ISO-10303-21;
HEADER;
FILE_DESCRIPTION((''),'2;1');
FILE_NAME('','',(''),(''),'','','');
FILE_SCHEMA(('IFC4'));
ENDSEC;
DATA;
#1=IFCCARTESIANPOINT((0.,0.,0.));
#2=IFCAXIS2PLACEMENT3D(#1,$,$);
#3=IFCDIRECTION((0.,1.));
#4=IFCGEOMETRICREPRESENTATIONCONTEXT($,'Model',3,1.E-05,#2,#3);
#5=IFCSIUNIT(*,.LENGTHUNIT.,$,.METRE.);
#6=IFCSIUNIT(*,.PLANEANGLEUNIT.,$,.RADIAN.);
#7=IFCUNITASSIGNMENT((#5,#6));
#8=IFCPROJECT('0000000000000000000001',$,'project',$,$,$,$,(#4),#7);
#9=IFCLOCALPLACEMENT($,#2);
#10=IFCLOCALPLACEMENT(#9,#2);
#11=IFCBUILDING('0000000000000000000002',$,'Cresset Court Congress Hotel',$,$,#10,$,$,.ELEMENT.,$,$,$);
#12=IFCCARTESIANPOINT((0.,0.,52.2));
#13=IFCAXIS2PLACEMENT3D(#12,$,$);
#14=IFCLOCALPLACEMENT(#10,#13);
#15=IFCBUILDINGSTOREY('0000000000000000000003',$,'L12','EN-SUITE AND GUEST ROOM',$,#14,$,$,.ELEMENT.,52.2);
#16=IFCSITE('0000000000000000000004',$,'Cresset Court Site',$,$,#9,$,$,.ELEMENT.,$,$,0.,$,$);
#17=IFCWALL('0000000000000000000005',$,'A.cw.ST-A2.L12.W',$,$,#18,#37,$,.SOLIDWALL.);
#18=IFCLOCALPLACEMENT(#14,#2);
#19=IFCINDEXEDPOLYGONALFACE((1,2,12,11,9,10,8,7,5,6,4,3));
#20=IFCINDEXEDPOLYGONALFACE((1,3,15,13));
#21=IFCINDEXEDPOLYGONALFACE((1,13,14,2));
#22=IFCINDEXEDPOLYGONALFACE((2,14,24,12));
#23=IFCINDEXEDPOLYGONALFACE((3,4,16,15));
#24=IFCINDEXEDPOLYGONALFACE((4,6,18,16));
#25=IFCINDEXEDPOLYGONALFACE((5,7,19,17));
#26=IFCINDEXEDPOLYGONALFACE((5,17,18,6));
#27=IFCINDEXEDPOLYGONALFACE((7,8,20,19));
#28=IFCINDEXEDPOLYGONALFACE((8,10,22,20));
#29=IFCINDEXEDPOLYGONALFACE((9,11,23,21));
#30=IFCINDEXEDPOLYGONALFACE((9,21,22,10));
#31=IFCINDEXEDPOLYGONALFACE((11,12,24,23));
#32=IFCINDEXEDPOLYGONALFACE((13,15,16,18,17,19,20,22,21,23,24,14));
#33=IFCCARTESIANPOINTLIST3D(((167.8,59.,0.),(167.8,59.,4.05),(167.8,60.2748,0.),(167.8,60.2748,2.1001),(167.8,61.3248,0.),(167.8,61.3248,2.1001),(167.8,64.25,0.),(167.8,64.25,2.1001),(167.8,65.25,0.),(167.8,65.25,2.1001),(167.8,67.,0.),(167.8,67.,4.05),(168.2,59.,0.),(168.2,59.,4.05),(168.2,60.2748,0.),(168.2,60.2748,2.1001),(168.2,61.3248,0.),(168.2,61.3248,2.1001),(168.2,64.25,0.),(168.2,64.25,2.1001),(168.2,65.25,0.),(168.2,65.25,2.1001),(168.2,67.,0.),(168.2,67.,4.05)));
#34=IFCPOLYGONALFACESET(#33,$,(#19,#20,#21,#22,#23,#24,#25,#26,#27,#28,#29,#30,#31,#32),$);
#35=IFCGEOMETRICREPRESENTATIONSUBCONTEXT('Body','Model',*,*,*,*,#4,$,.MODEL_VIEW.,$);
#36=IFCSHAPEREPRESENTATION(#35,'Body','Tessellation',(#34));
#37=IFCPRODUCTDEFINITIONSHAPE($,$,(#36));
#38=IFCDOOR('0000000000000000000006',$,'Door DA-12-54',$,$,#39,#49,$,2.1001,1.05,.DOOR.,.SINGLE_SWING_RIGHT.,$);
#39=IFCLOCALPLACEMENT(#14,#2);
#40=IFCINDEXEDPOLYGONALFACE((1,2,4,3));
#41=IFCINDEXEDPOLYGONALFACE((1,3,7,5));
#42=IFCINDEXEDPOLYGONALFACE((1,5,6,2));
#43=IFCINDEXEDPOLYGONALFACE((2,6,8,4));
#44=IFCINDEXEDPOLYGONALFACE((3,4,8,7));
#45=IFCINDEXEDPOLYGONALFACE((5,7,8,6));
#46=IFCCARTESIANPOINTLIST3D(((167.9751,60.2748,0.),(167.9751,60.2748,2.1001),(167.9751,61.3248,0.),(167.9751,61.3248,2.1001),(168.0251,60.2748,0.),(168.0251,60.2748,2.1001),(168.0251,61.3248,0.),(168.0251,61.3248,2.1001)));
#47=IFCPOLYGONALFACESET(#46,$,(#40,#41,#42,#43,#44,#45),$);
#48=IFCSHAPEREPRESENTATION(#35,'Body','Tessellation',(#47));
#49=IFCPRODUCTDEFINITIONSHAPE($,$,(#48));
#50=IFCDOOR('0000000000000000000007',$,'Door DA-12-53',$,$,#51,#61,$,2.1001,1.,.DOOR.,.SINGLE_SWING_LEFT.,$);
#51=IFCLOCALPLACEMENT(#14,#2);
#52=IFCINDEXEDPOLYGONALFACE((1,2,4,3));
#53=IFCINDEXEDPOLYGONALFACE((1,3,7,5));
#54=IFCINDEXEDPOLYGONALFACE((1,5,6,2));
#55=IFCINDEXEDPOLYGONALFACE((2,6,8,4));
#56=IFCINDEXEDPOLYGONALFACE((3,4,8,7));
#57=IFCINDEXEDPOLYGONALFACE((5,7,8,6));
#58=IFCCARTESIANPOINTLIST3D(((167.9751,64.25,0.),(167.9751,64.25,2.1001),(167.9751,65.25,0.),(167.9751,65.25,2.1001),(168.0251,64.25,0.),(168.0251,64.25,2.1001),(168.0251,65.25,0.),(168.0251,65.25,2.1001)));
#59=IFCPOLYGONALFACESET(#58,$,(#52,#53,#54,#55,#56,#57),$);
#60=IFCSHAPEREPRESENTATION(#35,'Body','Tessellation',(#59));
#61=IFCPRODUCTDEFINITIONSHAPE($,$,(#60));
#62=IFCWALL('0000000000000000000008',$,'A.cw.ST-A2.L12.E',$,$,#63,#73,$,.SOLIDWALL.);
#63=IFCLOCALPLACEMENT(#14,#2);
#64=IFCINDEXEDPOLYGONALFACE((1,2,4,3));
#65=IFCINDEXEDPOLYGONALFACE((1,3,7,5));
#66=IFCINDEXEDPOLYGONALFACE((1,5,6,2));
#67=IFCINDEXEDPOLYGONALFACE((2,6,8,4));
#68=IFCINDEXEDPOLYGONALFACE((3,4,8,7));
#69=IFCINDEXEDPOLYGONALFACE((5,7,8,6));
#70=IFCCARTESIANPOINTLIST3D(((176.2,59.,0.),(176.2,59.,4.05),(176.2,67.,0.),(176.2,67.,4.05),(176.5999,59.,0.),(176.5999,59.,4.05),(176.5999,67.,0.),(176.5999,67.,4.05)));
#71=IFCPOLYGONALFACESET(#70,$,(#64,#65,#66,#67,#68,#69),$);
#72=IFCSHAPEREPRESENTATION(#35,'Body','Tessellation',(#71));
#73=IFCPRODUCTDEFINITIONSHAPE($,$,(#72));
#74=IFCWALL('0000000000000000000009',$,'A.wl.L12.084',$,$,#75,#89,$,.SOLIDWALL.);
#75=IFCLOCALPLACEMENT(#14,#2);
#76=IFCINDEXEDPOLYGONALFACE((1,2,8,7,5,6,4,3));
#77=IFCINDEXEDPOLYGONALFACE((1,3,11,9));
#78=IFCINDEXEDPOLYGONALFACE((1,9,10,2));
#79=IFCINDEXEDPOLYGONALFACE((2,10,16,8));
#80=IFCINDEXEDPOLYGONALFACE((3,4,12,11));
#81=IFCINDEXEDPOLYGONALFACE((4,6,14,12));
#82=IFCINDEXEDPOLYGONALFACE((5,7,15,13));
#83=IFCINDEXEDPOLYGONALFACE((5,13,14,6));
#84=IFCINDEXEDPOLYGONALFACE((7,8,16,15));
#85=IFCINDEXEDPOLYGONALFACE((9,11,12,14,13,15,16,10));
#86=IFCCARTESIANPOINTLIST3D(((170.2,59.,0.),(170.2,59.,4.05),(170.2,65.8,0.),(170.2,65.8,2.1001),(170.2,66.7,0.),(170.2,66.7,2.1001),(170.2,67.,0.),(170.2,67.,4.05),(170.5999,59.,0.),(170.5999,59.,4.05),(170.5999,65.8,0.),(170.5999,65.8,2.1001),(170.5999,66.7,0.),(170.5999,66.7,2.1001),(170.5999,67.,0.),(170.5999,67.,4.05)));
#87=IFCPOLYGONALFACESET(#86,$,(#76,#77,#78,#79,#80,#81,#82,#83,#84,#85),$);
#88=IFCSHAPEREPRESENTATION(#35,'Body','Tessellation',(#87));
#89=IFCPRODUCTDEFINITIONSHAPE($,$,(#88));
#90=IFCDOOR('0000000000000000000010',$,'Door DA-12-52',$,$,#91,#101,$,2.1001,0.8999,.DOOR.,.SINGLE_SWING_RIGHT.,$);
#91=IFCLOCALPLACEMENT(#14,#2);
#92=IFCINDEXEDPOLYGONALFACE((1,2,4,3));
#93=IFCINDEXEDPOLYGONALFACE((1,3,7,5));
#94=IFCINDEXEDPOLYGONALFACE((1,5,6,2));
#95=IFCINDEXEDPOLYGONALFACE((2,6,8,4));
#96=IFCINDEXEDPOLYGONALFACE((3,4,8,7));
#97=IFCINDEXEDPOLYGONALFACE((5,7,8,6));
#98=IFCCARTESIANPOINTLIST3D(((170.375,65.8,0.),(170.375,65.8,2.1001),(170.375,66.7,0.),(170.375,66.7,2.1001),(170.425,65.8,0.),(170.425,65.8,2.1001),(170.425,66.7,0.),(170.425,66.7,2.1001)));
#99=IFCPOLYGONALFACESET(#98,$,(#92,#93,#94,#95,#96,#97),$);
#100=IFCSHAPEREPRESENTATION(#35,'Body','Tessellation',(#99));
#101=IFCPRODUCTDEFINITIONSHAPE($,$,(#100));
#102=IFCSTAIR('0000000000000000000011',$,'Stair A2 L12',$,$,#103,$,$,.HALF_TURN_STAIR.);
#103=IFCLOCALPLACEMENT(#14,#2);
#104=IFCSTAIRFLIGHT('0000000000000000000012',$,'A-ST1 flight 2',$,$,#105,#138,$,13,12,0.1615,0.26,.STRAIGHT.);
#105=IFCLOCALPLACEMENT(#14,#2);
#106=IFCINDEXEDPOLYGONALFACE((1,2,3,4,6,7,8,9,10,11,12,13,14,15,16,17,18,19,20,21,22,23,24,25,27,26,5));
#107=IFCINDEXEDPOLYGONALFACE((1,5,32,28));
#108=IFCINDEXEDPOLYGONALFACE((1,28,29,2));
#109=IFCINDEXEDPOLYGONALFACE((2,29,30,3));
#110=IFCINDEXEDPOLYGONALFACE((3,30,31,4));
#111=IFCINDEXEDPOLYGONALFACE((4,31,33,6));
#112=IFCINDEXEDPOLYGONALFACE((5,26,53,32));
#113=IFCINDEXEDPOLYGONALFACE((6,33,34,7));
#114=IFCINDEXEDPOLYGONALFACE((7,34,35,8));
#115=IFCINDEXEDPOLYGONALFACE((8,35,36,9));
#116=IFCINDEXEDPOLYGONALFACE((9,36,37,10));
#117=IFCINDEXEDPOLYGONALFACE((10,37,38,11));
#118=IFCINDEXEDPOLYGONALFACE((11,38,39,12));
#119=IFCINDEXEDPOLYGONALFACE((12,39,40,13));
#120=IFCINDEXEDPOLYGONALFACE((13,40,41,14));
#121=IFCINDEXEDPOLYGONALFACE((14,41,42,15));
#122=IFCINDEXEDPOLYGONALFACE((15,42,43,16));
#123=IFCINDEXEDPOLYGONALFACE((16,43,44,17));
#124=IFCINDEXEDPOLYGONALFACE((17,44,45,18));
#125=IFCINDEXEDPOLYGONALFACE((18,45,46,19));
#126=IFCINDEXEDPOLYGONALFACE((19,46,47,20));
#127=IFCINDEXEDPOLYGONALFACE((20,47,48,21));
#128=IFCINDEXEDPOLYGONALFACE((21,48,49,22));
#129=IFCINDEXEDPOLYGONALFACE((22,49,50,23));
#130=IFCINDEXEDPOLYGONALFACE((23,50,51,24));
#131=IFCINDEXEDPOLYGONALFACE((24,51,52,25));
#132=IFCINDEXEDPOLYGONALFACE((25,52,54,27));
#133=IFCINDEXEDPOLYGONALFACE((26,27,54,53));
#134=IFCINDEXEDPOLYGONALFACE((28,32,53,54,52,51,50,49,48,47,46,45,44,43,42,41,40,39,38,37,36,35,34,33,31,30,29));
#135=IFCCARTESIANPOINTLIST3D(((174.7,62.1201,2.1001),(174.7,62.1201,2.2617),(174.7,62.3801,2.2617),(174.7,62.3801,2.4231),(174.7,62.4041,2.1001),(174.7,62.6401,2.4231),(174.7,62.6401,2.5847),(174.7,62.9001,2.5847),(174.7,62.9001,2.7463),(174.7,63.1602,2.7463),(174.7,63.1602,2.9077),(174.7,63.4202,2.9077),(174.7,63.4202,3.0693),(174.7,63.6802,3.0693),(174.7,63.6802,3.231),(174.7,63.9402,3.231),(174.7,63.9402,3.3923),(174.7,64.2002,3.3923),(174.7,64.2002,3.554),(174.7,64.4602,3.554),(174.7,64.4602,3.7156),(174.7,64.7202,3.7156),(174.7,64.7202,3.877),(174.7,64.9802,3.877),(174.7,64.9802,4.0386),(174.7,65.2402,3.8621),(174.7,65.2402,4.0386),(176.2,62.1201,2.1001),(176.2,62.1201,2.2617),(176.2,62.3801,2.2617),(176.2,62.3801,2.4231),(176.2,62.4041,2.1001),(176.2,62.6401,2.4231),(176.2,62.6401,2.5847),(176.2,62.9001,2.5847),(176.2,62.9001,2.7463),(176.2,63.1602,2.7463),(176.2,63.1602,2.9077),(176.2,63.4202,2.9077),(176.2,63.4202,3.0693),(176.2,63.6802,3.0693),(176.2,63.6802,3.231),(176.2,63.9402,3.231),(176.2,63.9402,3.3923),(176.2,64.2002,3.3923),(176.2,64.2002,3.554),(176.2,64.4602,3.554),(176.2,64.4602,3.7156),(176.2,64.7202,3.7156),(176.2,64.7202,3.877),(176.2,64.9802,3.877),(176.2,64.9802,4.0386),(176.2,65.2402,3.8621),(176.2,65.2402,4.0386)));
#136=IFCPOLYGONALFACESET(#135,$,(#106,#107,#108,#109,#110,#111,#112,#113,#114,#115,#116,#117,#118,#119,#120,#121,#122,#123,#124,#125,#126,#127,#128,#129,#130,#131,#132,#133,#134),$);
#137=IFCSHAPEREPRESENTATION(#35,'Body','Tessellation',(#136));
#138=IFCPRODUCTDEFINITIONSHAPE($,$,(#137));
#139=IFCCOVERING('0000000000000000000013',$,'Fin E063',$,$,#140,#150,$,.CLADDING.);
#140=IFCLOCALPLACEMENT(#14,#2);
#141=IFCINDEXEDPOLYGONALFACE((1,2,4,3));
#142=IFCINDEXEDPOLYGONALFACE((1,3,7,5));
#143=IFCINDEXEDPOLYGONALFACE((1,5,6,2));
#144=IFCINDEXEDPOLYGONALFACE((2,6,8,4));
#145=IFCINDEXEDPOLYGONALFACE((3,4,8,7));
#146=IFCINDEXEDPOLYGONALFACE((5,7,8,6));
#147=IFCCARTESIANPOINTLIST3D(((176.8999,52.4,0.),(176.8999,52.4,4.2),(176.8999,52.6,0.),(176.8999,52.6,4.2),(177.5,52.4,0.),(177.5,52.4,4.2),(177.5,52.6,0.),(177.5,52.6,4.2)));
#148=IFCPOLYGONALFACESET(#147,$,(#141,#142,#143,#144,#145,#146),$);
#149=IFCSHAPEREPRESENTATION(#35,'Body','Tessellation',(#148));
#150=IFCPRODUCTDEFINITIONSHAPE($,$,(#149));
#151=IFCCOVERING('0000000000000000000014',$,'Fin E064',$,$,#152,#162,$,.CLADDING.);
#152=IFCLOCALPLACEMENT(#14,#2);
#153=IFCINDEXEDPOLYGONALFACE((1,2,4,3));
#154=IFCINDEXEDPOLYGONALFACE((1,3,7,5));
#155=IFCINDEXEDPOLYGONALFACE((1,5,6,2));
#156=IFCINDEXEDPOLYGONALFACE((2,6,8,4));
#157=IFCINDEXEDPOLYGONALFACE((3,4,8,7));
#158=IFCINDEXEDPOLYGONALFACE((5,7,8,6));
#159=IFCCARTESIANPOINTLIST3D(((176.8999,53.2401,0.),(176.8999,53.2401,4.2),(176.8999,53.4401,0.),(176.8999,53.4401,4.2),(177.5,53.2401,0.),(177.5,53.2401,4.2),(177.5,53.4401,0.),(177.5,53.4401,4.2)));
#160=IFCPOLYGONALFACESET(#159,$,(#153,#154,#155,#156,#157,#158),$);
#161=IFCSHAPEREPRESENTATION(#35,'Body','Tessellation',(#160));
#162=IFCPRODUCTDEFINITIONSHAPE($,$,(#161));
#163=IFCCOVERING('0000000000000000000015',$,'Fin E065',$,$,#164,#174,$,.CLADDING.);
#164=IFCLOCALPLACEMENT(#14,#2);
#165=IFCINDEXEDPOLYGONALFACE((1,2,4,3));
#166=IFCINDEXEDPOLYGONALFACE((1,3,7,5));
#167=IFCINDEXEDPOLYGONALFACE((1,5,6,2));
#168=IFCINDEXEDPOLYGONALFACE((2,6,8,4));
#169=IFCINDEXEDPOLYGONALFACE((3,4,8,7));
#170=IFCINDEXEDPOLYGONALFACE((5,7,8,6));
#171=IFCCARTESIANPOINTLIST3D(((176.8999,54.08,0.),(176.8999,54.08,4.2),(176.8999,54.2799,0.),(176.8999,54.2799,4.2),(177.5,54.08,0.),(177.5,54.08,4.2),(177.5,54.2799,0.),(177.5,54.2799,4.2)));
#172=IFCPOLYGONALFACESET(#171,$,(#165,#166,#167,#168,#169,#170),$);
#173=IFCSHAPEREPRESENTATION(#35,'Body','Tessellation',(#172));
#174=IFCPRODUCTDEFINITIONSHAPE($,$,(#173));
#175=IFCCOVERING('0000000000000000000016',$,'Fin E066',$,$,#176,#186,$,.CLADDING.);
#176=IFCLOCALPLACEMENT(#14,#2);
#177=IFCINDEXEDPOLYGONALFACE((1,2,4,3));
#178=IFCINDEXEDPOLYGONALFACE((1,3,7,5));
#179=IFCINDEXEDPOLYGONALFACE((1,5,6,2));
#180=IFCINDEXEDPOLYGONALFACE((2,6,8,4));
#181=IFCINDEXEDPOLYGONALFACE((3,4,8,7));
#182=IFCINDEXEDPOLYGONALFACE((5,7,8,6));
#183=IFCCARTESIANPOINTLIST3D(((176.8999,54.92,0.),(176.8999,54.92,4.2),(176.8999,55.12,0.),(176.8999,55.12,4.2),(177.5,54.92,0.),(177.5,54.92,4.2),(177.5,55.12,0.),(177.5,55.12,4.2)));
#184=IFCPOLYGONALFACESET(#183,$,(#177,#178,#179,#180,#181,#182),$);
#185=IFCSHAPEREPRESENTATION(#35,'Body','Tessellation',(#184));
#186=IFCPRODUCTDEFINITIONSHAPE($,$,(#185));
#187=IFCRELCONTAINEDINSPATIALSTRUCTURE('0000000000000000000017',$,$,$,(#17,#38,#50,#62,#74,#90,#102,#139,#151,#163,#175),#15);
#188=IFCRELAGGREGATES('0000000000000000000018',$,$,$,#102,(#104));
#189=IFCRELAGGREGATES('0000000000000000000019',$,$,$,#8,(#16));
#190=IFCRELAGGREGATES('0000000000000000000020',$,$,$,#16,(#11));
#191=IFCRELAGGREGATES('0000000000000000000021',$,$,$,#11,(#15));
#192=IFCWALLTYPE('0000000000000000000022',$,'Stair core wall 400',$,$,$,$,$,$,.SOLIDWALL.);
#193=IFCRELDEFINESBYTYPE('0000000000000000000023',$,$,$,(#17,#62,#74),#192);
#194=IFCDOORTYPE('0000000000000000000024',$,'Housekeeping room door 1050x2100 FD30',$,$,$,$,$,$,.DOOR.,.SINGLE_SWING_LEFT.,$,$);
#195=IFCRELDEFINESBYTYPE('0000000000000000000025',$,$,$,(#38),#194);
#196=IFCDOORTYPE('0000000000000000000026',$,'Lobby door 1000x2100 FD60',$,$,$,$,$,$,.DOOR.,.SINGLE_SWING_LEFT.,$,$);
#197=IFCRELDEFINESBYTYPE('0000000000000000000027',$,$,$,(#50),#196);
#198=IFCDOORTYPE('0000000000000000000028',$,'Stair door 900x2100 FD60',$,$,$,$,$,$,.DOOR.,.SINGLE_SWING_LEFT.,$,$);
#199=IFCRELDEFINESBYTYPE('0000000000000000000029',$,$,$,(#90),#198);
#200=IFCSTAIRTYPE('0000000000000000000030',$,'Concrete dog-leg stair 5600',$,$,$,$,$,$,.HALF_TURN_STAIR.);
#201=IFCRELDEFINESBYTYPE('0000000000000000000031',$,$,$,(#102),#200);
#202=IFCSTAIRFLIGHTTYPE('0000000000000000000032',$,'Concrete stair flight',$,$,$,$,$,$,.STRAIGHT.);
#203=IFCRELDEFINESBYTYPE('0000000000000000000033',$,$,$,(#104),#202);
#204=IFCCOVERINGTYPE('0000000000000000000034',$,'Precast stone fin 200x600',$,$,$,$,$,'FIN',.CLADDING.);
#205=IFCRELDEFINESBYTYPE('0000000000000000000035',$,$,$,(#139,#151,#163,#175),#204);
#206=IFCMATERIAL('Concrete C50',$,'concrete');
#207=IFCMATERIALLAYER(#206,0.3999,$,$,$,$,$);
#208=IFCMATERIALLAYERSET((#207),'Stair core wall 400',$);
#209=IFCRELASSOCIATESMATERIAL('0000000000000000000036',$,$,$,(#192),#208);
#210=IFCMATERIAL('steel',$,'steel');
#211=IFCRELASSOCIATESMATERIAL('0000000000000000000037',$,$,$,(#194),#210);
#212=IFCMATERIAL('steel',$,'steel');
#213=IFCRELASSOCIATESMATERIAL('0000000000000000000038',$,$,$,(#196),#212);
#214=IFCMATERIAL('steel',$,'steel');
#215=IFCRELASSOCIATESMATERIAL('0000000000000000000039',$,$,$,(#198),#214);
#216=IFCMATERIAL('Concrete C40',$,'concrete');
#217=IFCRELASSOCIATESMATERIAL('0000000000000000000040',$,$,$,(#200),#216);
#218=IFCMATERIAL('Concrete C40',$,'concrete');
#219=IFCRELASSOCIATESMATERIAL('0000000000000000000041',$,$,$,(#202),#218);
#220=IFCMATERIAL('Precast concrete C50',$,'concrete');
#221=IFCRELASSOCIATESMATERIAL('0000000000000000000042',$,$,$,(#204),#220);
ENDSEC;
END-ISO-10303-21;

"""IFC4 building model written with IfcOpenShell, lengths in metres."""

from ifc_helpers import new_model, si_unit, direction, frame, frame_2d, origin, origin_2d, place, context, subcontext, project, spatial, polyline, rectangle, outline, extrude, material, layer, layer_set, type_object, element, fill, aggregate, save


model = new_model("IFC4")

# Units and contexts
model_context = context("Model", 3, precision=1e-05, world=origin(), true_north=direction((0.0, 1.0)))
body_context = subcontext(model_context, "Body", "Model", "MODEL_VIEW")
ifc_project = project(units=[si_unit("LENGTHUNIT", "METRE"), si_unit("PLANEANGLEUNIT", "RADIAN")], contexts=[model_context])

# Site, building, storey
site_placement = place(None, origin())
site = spatial("IfcSite", under=ifc_project, at=site_placement, Name="Cresset Court Site", CompositionType="ELEMENT", RefElevation=0.0)
building_placement = place(site_placement, origin())
building = spatial("IfcBuilding", under=site, at=building_placement, Name="Cresset Court Congress Hotel", CompositionType="ELEMENT")
storey_placement = place(building_placement, frame((0.0, 0.0, 52.2)))
storey = spatial("IfcBuildingStorey", under=building, at=storey_placement, Name="L12", Description="EN-SUITE AND GUEST ROOM", CompositionType="ELEMENT", Elevation=52.2)

# Shared definitions
ifc_material_1 = material(Name="Concrete C50", Category="concrete")
ifc_layer_1 = layer(ifc_material_1, 0.3999)
ifc_layer_set_1 = layer_set([ifc_layer_1], Name="Stair core wall 400")
wall_type_1 = type_object("IfcWallType", Name="Stair core wall 400", PredefinedType="SOLIDWALL", material=ifc_layer_set_1)

# Wall, openings, doors
wall_1_placement = place(storey_placement, frame((168.0, 59.0, 0.0), z_axis=(0.0, 0.0, 1.0), x_axis=(0.0, 1.0, 0.0)))
wall_1 = element("IfcWall", 1, at=wall_1_placement, inside=storey, type_object=wall_type_1, Name="A.cw.ST-A2.L12.W", PredefinedType="SOLIDWALL", context=body_context, shape_type="SweptSolid", body=[
    extrude(rectangle(XDim=8.0, YDim=0.3999, at=frame_2d((4.0, 0.0))), origin(), (0.0, 0.0, 1.0), 4.05),
])
opening_1_placement = place(wall_1_placement, frame((5.25, 0.0, 0.0)))
opening_1 = element("IfcOpeningElement", 2, at=opening_1_placement, cuts=wall_1, PredefinedType="OPENING", context=body_context, shape_type="SweptSolid", body=[
    extrude(rectangle(XDim=1.0, YDim=2.1001, at=frame_2d((0.5, 1.05))), frame((0.0, 0.21, 0.0), z_axis=(0.0, -1.0, 0.0), x_axis=(1.0, 0.0, 0.0)), (0.0, 0.0, 1.0), 0.4199),
])
opening_2_placement = place(wall_1_placement, frame((1.2749, 0.0, 0.0)))
opening_2 = element("IfcOpeningElement", 3, at=opening_2_placement, cuts=wall_1, PredefinedType="OPENING", context=body_context, shape_type="SweptSolid", body=[
    extrude(rectangle(XDim=1.05, YDim=2.1001, at=frame_2d((0.5249, 1.05))), frame((0.0, 0.21, 0.0), z_axis=(0.0, -1.0, 0.0), x_axis=(1.0, 0.0, 0.0)), (0.0, 0.0, 1.0), 0.4199),
])
ifc_material_2 = material(Name="steel", Category="steel")
door_type_1 = type_object("IfcDoorType", Name="Housekeeping room door 1050x2100 FD30", OperationType="SINGLE_SWING_LEFT", PredefinedType="DOOR", material=ifc_material_2)
door_1_placement = place(opening_2_placement, origin())
door_1 = element("IfcDoor", 4, at=door_1_placement, inside=storey, type_object=door_type_1, Name="Door DA-12-54", OperationType="SINGLE_SWING_RIGHT", OverallHeight=2.1001, OverallWidth=1.05, PredefinedType="DOOR", context=body_context, shape_type="SweptSolid", body=[
    extrude(rectangle(XDim=1.05, YDim=2.1001, at=frame_2d((0.5249, 1.05))), frame((0.0, 0.0249, 0.0), z_axis=(0.0, -1.0, 0.0), x_axis=(1.0, 0.0, 0.0)), (0.0, 0.0, 1.0), 0.05),
])
fill(opening_2, door_1)
ifc_material_3 = material(Name="steel", Category="steel")
door_type_2 = type_object("IfcDoorType", Name="Lobby door 1000x2100 FD60", OperationType="SINGLE_SWING_LEFT", PredefinedType="DOOR", material=ifc_material_3)
door_2_placement = place(opening_1_placement, origin())
door_2 = element("IfcDoor", 5, at=door_2_placement, inside=storey, type_object=door_type_2, Name="Door DA-12-53", OperationType="SINGLE_SWING_LEFT", OverallHeight=2.1001, OverallWidth=1.0, PredefinedType="DOOR", context=body_context, shape_type="SweptSolid", body=[
    extrude(rectangle(XDim=1.0, YDim=2.1001, at=frame_2d((0.5, 1.05))), frame((0.0, 0.0249, 0.0), z_axis=(0.0, -1.0, 0.0), x_axis=(1.0, 0.0, 0.0)), (0.0, 0.0, 1.0), 0.05),
])
fill(opening_1, door_2)

# Wall
wall_2_placement = place(storey_placement, frame((176.3999, 59.0, 0.0), z_axis=(0.0, 0.0, 1.0), x_axis=(0.0, 1.0, 0.0)))
element("IfcWall", 6, at=wall_2_placement, inside=storey, type_object=wall_type_1, Name="A.cw.ST-A2.L12.E", PredefinedType="SOLIDWALL", context=body_context, shape_type="SweptSolid", body=[
    extrude(rectangle(XDim=8.0, YDim=0.3999, at=frame_2d((4.0, 0.0))), origin(), (0.0, 0.0, 1.0), 4.05),
])

# Wall, opening, door
wall_3_placement = place(storey_placement, frame((170.3999, 59.0, 0.0), z_axis=(0.0, 0.0, 1.0), x_axis=(0.0, 1.0, 0.0)))
wall_3 = element("IfcWall", 7, at=wall_3_placement, inside=storey, type_object=wall_type_1, Name="A.wl.L12.084", PredefinedType="SOLIDWALL", context=body_context, shape_type="SweptSolid", body=[
    extrude(rectangle(XDim=8.0, YDim=0.3999, at=frame_2d((4.0, 0.0))), origin(), (0.0, 0.0, 1.0), 4.05),
])
opening_3_placement = place(wall_3_placement, frame((6.8, 0.0, 0.0)))
opening_3 = element("IfcOpeningElement", 8, at=opening_3_placement, cuts=wall_3, PredefinedType="OPENING", context=body_context, shape_type="SweptSolid", body=[
    extrude(rectangle(XDim=0.8999, YDim=2.1001, at=frame_2d((0.45, 1.05))), frame((0.0, 0.21, 0.0), z_axis=(0.0, -1.0, 0.0), x_axis=(1.0, 0.0, 0.0)), (0.0, 0.0, 1.0), 0.4199),
])
ifc_material_4 = material(Name="steel", Category="steel")
door_type_3 = type_object("IfcDoorType", Name="Stair door 900x2100 FD60", OperationType="SINGLE_SWING_LEFT", PredefinedType="DOOR", material=ifc_material_4)
door_3_placement = place(opening_3_placement, origin())
door_3 = element("IfcDoor", 9, at=door_3_placement, inside=storey, type_object=door_type_3, Name="Door DA-12-52", OperationType="SINGLE_SWING_RIGHT", OverallHeight=2.1001, OverallWidth=0.8999, PredefinedType="DOOR", context=body_context, shape_type="SweptSolid", body=[
    extrude(rectangle(XDim=0.8999, YDim=2.1001, at=frame_2d((0.45, 1.05))), frame((0.0, 0.0249, 0.0), z_axis=(0.0, -1.0, 0.0), x_axis=(1.0, 0.0, 0.0)), (0.0, 0.0, 1.0), 0.05),
])
fill(opening_3, door_3)

# Stair, stair flight
ifc_material_5 = material(Name="Concrete C40", Category="concrete")
stair_type = type_object("IfcStairType", Name="Concrete dog-leg stair 5600", PredefinedType="HALF_TURN_STAIR", material=ifc_material_5)
stair_placement = place(storey_placement, origin())
stair = element("IfcStair", 10, at=stair_placement, inside=storey, type_object=stair_type, Name="Stair A2 L12", PredefinedType="HALF_TURN_STAIR")
ifc_material_6 = material(Name="Concrete C40", Category="concrete")
stair_flight_type = type_object("IfcStairFlightType", Name="Concrete stair flight", PredefinedType="STRAIGHT", material=ifc_material_6)
stair_flight_placement = place(storey_placement, frame((175.45, 62.1201, 2.1001), z_axis=(0.0, 0.0, 1.0), x_axis=(0.0, 1.0, 0.0)))
stair_flight = element("IfcStairFlight", 11, at=stair_flight_placement, type_object=stair_flight_type, Name="A-ST1 flight 2", NumberOfRisers=13, NumberOfTreads=12, PredefinedType="STRAIGHT", RiserHeight=0.1615, TreadLength=0.26, context=body_context, shape_type="SweptSolid", body=[
    extrude(outline(polyline([(0.0, 0.0), (0.0, 0.1616), (0.26, 0.1616), (0.26, 0.323), (0.52, 0.323), (0.52, 0.4846), (0.78, 0.4846), (0.78, 0.6462), (1.04, 0.6462), (1.04, 0.8076), (1.3, 0.8076), (1.3, 0.9692), (1.5601, 0.9692), (1.5601, 1.1309), (1.8201, 1.1309), (1.8201, 1.2922), (2.0801, 1.2922), (2.0801, 1.4539), (2.3401, 1.4539), (2.3401, 1.6155), (2.6001, 1.6155), (2.6001, 1.7769), (2.8601, 1.7769), (2.8601, 1.9385), (3.1201, 1.9385), (3.1201, 2.1001), (3.1201, 1.762), (0.2839, 0.0), (0.0, 0.0)])), frame((0.0, 0.75, 0.0), z_axis=(0.0, -1.0, 0.0), x_axis=(1.0, 0.0, 0.0)), (0.0, 0.0, 1.0), 1.5),
])
aggregate(stair, [stair_flight])

# Coverings
ifc_material_7 = material(Name="Precast concrete C50", Category="concrete")
covering_type_1 = type_object("IfcCoveringType", Name="Precast stone fin 200x600", ElementType="FIN", PredefinedType="CLADDING", material=ifc_material_7)
for number, where, z_axis, x_axis, name in (
    (12, (177.2, 52.5, 0.0), (0.0, 0.0, 1.0), (1.0, 0.0, 0.0), "Fin E063"),
    (13, (177.2, 53.3401, 0.0), (0.0, 0.0, 1.0), (1.0, 0.0, 0.0), "Fin E064"),
    (14, (177.2, 54.1799, 0.0), (0.0, 0.0, 1.0), (1.0, 0.0, 0.0), "Fin E065"),
    (15, (177.2, 55.02, 0.0), (0.0, 0.0, 1.0), (1.0, 0.0, 0.0), "Fin E066"),
):
    element("IfcCovering", number, at=place(storey_placement, frame(where, z_axis=z_axis, x_axis=x_axis)), inside=storey, type_object=covering_type_1, Name=name, PredefinedType="CLADDING", context=body_context, shape_type="SweptSolid", body=[
        extrude(rectangle(XDim=0.6001, YDim=0.2, at=origin_2d()), origin(), (0.0, 0.0, 1.0), 4.2),
    ])

save(model, "model.ifc")
